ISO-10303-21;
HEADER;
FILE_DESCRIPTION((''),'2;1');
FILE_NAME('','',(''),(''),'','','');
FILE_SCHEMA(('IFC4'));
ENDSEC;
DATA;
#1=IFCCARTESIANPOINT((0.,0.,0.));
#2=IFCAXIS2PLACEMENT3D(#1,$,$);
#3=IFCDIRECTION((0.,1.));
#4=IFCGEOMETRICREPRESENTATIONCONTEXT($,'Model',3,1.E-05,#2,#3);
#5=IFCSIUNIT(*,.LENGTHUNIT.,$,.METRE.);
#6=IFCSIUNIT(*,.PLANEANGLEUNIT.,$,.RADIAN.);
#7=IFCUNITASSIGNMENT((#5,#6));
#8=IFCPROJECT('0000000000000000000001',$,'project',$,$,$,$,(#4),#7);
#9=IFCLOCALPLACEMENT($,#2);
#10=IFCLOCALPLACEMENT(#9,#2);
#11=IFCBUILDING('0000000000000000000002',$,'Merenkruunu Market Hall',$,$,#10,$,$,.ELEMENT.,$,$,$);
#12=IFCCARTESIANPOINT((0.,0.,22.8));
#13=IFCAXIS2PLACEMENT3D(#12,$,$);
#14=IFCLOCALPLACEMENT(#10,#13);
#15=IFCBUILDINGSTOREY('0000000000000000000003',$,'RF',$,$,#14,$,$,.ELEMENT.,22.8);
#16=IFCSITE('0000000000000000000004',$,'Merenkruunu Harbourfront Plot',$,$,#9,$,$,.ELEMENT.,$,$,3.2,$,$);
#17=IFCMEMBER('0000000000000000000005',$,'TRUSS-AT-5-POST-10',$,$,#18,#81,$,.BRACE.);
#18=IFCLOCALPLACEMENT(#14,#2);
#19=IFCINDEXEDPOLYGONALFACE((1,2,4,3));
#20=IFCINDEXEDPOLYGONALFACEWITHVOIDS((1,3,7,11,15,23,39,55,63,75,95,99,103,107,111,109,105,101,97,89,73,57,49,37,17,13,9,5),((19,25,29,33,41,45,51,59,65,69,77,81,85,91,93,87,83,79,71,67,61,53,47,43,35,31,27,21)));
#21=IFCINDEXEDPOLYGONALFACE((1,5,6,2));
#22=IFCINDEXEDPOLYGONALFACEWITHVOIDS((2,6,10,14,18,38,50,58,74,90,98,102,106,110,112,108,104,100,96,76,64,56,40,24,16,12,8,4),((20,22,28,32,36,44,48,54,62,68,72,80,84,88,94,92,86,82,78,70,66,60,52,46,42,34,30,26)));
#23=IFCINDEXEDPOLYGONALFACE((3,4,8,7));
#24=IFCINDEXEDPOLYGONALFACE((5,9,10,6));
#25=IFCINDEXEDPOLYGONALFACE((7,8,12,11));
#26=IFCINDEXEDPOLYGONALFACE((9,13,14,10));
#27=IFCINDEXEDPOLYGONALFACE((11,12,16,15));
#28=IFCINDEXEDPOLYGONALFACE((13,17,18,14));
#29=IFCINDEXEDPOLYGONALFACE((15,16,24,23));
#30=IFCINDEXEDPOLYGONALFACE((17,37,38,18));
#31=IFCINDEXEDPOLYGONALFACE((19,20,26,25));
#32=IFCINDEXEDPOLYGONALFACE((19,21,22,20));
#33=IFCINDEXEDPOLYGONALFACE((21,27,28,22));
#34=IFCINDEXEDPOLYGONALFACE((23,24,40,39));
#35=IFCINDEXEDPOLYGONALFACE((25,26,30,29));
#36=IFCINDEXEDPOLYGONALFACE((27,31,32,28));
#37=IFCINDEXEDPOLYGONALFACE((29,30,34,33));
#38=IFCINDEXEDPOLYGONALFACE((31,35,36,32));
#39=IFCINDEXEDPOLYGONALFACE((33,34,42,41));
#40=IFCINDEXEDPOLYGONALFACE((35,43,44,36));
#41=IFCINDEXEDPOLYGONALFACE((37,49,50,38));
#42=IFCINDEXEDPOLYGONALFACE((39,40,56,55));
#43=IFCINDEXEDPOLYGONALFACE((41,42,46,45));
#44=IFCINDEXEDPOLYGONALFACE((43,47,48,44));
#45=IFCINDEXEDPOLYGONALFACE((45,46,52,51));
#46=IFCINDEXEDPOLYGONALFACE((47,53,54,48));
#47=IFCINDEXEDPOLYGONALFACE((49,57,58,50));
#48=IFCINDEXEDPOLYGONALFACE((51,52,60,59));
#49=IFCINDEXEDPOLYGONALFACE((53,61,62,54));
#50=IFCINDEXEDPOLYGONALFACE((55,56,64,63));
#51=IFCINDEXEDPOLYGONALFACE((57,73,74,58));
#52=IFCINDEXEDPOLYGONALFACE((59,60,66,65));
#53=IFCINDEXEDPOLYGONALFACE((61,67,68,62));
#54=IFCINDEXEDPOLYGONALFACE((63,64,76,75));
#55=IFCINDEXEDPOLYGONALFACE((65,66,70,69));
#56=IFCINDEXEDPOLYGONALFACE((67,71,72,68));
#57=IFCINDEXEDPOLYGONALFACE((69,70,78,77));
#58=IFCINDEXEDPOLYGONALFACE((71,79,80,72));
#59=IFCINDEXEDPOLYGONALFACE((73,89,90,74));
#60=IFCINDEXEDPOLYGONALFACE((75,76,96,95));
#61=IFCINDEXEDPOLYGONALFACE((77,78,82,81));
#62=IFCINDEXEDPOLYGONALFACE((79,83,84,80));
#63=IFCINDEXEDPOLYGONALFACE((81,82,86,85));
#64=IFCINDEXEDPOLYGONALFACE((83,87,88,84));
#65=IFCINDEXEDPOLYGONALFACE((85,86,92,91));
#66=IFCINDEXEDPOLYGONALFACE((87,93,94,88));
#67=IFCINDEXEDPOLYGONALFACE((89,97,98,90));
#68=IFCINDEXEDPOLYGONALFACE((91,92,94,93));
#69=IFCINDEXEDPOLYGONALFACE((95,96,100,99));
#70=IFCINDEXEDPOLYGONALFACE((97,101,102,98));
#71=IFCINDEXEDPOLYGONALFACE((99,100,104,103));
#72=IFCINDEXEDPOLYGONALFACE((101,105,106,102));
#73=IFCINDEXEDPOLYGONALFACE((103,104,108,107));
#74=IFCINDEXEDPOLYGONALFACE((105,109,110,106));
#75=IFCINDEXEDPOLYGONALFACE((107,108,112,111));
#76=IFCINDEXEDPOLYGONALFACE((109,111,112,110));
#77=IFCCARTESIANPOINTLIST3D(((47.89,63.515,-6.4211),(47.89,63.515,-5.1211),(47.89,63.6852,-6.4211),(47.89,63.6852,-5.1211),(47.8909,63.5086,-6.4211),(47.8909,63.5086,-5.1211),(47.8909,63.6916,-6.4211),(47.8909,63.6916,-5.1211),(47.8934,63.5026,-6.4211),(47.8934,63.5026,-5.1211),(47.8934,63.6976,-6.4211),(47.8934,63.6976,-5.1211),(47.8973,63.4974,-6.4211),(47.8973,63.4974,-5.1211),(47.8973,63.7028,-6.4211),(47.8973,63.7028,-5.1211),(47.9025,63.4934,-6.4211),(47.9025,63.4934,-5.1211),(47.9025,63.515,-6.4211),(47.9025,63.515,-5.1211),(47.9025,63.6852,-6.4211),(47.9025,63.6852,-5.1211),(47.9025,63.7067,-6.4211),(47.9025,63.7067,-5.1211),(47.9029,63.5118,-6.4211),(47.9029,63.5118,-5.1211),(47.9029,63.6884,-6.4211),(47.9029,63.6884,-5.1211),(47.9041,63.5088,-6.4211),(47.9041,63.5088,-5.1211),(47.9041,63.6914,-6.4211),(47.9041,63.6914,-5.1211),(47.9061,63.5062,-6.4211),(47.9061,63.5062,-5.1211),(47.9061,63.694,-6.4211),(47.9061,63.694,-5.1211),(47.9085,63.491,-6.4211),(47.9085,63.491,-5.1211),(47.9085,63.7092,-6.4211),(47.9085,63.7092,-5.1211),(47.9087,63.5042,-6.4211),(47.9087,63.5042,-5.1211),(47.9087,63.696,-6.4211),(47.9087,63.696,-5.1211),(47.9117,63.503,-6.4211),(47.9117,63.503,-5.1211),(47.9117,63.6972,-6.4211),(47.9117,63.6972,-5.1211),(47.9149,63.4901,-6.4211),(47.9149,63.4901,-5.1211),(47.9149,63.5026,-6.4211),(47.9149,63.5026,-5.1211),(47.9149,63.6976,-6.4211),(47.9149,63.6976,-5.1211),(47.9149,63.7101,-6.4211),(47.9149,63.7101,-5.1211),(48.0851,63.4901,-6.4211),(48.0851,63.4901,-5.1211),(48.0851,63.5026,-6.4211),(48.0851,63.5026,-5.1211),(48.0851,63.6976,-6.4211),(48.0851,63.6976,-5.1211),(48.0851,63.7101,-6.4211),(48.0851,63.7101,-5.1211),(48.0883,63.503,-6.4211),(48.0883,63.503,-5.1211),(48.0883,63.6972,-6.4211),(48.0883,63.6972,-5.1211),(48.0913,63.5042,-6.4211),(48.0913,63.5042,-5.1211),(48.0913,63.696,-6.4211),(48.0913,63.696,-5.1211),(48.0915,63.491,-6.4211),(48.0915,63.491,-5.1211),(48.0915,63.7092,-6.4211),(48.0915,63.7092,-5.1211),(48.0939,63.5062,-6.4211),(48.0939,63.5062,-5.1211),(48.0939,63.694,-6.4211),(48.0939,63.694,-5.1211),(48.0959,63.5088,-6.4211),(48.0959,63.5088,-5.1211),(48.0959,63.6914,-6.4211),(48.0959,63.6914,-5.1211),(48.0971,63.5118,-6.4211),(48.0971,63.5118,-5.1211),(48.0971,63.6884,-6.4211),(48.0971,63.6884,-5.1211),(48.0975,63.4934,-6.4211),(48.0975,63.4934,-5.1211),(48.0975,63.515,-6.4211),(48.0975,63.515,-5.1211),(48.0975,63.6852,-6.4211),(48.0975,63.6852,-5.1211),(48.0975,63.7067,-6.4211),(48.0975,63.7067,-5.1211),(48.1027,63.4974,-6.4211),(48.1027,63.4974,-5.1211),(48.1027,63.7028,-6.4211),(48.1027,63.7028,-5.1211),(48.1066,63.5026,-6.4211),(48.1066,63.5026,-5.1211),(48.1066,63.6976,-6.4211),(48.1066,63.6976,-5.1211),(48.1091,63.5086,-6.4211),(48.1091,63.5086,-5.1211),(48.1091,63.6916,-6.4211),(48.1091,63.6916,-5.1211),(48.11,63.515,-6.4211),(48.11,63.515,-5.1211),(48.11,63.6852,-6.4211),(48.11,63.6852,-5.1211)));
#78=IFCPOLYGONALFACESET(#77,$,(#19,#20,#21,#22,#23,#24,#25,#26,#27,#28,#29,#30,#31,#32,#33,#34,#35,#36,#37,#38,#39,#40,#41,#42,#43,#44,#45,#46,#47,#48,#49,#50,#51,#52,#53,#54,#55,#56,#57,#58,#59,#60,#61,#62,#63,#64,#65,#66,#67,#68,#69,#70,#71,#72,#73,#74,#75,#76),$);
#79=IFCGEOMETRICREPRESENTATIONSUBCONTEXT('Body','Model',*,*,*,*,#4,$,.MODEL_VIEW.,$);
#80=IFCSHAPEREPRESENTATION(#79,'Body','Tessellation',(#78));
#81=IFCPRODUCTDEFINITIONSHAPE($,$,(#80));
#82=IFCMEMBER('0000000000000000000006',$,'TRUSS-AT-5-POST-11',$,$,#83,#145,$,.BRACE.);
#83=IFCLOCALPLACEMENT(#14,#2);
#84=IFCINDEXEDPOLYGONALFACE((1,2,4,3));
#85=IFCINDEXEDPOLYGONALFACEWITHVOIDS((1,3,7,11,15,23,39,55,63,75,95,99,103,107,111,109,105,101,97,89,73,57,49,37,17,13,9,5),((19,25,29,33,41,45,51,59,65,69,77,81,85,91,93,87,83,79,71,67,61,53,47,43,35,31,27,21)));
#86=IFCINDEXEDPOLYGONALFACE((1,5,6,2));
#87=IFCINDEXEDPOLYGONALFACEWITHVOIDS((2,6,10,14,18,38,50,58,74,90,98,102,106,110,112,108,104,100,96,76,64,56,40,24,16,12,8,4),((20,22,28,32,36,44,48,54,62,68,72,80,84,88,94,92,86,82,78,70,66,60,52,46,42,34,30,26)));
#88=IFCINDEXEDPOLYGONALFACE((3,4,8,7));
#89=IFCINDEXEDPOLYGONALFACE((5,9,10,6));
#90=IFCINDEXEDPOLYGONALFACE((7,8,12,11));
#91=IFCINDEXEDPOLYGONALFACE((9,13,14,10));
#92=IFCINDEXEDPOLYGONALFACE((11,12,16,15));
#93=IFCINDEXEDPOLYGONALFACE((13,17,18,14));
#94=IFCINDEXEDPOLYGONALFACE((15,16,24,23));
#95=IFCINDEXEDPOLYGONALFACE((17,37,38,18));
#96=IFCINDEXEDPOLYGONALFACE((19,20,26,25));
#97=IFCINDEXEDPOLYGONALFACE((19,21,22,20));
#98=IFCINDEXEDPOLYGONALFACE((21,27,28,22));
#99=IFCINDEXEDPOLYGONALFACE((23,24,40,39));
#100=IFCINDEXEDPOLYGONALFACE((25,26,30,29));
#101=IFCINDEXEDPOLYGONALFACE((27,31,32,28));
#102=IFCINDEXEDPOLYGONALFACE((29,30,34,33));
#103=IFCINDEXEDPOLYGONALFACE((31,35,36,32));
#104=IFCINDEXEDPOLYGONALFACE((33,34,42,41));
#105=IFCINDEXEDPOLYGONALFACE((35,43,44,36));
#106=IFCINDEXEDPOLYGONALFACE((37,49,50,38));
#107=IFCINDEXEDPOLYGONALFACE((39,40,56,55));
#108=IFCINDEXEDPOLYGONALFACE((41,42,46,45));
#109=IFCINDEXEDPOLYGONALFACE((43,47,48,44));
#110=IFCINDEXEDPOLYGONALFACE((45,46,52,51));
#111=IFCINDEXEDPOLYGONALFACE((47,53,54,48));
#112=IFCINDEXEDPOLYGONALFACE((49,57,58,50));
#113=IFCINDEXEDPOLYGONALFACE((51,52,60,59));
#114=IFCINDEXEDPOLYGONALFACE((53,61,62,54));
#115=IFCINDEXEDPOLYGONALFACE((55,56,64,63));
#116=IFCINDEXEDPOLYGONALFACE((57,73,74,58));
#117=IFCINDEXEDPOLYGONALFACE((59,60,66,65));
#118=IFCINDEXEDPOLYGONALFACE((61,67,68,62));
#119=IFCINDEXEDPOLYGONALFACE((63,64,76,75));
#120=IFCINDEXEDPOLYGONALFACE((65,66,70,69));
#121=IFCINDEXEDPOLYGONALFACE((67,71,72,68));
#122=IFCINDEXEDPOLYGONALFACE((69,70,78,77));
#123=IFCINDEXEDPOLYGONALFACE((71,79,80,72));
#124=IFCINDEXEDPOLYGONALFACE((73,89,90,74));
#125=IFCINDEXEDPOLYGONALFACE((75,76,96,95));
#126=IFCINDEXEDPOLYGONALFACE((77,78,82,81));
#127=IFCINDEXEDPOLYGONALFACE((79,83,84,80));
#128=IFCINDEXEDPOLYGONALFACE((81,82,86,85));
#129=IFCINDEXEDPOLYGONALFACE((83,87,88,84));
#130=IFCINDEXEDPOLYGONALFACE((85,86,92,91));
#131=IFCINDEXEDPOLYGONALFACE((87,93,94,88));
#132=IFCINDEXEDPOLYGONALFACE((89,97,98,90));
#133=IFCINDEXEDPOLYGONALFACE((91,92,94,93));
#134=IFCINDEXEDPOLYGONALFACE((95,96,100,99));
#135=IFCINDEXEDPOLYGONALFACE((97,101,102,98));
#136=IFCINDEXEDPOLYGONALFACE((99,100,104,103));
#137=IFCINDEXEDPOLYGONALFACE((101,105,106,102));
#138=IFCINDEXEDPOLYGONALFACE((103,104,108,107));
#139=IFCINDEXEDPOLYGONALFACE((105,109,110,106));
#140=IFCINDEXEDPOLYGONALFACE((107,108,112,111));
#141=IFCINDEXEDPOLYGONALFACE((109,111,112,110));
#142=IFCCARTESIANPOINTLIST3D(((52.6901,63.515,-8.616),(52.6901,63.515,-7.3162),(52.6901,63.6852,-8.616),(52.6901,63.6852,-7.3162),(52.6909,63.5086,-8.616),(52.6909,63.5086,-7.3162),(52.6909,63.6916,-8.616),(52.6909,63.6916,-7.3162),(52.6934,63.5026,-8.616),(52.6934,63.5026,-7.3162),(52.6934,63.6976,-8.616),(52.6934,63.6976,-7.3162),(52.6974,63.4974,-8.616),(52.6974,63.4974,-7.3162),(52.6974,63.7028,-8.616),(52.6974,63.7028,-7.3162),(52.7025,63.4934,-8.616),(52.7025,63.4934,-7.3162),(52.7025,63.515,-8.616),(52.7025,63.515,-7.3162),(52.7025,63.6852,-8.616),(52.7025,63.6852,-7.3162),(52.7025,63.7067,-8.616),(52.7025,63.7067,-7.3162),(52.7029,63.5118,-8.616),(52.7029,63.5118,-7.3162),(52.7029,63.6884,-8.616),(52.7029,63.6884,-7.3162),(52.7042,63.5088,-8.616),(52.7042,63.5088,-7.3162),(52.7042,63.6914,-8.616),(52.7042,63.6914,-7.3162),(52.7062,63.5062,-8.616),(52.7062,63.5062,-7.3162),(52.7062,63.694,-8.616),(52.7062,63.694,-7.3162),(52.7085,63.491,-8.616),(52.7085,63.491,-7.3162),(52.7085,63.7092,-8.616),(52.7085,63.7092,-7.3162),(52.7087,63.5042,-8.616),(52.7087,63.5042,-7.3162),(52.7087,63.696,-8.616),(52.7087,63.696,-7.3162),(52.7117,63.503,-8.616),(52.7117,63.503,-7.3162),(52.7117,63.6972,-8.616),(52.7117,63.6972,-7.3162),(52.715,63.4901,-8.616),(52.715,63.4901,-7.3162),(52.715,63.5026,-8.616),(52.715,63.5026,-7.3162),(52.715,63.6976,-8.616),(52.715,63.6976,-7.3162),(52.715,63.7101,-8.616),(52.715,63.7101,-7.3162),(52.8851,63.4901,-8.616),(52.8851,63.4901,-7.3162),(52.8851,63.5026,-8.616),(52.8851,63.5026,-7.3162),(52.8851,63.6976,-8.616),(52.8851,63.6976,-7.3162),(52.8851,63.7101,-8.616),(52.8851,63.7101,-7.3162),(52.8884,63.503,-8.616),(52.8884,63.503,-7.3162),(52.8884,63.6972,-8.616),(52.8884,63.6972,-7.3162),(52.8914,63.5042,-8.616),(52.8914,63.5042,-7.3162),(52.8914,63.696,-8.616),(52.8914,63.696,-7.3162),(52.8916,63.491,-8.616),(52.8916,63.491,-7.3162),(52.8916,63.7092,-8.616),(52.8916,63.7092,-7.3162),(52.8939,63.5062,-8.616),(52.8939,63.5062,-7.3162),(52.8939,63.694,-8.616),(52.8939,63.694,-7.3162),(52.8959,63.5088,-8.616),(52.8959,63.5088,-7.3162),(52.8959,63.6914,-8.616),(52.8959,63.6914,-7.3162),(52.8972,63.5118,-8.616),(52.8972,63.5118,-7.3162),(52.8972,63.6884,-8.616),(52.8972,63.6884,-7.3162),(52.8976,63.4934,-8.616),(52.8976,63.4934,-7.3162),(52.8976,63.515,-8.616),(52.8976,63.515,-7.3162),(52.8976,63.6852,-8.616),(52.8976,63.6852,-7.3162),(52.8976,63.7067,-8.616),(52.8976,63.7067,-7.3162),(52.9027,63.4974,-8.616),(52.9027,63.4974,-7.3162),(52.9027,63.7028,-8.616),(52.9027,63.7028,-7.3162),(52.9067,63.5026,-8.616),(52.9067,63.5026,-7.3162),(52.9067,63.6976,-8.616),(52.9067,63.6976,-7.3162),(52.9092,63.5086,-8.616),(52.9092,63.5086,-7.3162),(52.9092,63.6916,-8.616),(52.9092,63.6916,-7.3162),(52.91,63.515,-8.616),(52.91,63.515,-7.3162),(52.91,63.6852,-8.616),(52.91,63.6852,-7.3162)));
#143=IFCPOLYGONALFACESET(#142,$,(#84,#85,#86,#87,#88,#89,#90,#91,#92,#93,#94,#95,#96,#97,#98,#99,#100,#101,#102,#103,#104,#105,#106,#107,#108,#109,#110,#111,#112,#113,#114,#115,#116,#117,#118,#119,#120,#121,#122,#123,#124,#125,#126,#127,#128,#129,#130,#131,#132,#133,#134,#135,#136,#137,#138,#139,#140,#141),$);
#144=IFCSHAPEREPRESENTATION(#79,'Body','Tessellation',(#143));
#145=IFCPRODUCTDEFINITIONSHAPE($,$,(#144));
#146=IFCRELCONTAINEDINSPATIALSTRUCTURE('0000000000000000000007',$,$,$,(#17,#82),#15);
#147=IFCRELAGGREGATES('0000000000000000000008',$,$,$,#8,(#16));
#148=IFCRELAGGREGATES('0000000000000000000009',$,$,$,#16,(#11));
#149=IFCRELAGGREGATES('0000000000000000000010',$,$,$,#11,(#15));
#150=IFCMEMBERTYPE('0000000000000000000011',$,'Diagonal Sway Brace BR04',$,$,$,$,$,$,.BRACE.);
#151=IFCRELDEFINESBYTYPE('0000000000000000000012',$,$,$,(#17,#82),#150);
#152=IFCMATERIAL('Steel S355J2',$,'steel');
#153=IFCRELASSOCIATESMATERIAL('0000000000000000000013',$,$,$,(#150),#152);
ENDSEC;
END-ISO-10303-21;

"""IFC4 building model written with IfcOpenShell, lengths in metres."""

from ifc_helpers import new_model, si_unit, direction, frame, origin, origin_2d, place, context, subcontext, project, spatial, hollow_rectangle, extrude, material, material_profile, profile_set, type_object, element, save


model = new_model("IFC4")

# Units and contexts
model_context = context("Model", 3, precision=1e-05, world=origin(), true_north=direction((0.0, 1.0)))
body_context = subcontext(model_context, "Body", "Model", "MODEL_VIEW")
ifc_project = project(units=[si_unit("LENGTHUNIT", "METRE"), si_unit("PLANEANGLEUNIT", "RADIAN")], contexts=[model_context])

# Site, building, storey
site_placement = place(None, origin())
site = spatial("IfcSite", under=ifc_project, at=site_placement, Name="Merenkruunu Harbourfront Plot", CompositionType="ELEMENT", RefElevation=3.2)
building_placement = place(site_placement, origin())
building = spatial("IfcBuilding", under=site, at=building_placement, Name="Merenkruunu Market Hall", CompositionType="ELEMENT")
storey_placement = place(building_placement, frame((0.0, 0.0, 22.8)))
storey = spatial("IfcBuildingStorey", under=building, at=storey_placement, Name="RF", CompositionType="ELEMENT", Elevation=22.8)

# Members
ifc_material_1 = material(Name="Steel S355J2", Category="steel")
ifc_material_profile_1 = material_profile(ifc_material_1, hollow_rectangle(XDim=0.22, YDim=0.22, WallThickness=0.0125, InnerFilletRadius=0.0125, OuterFilletRadius=0.0249, at=origin_2d()), Name="SHS 220x220x12.5")
ifc_profile_set_1 = profile_set([ifc_material_profile_1], Name="Steel S355J2")
member_type_1 = type_object("IfcMemberType", Name="Diagonal Sway Brace BR04", PredefinedType="BRACE", material=ifc_profile_set_1)
member_1_placement = place(storey_placement, frame((48.0, 63.6001, -6.4211), z_axis=(0.0, 0.0, 1.0), x_axis=(1.0, 0.0, 0.0)))
element("IfcMember", 1, at=member_1_placement, inside=storey, type_object=member_type_1, Name="TRUSS-AT-5-POST-10", PredefinedType="BRACE", context=body_context, shape_type="SweptSolid", body=[
    extrude(hollow_rectangle(XDim=0.22, YDim=0.22, WallThickness=0.0125, InnerFilletRadius=0.0125, OuterFilletRadius=0.0249, at=origin_2d()), origin(), (0.0, 0.0, 1.0), 1.3),
])
member_2_placement = place(storey_placement, frame((52.8, 63.6001, -8.616), z_axis=(0.0, 0.0, 1.0), x_axis=(1.0, 0.0, 0.0)))
element("IfcMember", 2, at=member_2_placement, inside=storey, type_object=member_type_1, Name="TRUSS-AT-5-POST-11", PredefinedType="BRACE", context=body_context, shape_type="SweptSolid", body=[
    extrude(hollow_rectangle(XDim=0.22, YDim=0.22, WallThickness=0.0125, InnerFilletRadius=0.0125, OuterFilletRadius=0.0249, at=origin_2d()), origin(), (0.0, 0.0, 1.0), 1.2998),
])

save(model, "model.ifc")
